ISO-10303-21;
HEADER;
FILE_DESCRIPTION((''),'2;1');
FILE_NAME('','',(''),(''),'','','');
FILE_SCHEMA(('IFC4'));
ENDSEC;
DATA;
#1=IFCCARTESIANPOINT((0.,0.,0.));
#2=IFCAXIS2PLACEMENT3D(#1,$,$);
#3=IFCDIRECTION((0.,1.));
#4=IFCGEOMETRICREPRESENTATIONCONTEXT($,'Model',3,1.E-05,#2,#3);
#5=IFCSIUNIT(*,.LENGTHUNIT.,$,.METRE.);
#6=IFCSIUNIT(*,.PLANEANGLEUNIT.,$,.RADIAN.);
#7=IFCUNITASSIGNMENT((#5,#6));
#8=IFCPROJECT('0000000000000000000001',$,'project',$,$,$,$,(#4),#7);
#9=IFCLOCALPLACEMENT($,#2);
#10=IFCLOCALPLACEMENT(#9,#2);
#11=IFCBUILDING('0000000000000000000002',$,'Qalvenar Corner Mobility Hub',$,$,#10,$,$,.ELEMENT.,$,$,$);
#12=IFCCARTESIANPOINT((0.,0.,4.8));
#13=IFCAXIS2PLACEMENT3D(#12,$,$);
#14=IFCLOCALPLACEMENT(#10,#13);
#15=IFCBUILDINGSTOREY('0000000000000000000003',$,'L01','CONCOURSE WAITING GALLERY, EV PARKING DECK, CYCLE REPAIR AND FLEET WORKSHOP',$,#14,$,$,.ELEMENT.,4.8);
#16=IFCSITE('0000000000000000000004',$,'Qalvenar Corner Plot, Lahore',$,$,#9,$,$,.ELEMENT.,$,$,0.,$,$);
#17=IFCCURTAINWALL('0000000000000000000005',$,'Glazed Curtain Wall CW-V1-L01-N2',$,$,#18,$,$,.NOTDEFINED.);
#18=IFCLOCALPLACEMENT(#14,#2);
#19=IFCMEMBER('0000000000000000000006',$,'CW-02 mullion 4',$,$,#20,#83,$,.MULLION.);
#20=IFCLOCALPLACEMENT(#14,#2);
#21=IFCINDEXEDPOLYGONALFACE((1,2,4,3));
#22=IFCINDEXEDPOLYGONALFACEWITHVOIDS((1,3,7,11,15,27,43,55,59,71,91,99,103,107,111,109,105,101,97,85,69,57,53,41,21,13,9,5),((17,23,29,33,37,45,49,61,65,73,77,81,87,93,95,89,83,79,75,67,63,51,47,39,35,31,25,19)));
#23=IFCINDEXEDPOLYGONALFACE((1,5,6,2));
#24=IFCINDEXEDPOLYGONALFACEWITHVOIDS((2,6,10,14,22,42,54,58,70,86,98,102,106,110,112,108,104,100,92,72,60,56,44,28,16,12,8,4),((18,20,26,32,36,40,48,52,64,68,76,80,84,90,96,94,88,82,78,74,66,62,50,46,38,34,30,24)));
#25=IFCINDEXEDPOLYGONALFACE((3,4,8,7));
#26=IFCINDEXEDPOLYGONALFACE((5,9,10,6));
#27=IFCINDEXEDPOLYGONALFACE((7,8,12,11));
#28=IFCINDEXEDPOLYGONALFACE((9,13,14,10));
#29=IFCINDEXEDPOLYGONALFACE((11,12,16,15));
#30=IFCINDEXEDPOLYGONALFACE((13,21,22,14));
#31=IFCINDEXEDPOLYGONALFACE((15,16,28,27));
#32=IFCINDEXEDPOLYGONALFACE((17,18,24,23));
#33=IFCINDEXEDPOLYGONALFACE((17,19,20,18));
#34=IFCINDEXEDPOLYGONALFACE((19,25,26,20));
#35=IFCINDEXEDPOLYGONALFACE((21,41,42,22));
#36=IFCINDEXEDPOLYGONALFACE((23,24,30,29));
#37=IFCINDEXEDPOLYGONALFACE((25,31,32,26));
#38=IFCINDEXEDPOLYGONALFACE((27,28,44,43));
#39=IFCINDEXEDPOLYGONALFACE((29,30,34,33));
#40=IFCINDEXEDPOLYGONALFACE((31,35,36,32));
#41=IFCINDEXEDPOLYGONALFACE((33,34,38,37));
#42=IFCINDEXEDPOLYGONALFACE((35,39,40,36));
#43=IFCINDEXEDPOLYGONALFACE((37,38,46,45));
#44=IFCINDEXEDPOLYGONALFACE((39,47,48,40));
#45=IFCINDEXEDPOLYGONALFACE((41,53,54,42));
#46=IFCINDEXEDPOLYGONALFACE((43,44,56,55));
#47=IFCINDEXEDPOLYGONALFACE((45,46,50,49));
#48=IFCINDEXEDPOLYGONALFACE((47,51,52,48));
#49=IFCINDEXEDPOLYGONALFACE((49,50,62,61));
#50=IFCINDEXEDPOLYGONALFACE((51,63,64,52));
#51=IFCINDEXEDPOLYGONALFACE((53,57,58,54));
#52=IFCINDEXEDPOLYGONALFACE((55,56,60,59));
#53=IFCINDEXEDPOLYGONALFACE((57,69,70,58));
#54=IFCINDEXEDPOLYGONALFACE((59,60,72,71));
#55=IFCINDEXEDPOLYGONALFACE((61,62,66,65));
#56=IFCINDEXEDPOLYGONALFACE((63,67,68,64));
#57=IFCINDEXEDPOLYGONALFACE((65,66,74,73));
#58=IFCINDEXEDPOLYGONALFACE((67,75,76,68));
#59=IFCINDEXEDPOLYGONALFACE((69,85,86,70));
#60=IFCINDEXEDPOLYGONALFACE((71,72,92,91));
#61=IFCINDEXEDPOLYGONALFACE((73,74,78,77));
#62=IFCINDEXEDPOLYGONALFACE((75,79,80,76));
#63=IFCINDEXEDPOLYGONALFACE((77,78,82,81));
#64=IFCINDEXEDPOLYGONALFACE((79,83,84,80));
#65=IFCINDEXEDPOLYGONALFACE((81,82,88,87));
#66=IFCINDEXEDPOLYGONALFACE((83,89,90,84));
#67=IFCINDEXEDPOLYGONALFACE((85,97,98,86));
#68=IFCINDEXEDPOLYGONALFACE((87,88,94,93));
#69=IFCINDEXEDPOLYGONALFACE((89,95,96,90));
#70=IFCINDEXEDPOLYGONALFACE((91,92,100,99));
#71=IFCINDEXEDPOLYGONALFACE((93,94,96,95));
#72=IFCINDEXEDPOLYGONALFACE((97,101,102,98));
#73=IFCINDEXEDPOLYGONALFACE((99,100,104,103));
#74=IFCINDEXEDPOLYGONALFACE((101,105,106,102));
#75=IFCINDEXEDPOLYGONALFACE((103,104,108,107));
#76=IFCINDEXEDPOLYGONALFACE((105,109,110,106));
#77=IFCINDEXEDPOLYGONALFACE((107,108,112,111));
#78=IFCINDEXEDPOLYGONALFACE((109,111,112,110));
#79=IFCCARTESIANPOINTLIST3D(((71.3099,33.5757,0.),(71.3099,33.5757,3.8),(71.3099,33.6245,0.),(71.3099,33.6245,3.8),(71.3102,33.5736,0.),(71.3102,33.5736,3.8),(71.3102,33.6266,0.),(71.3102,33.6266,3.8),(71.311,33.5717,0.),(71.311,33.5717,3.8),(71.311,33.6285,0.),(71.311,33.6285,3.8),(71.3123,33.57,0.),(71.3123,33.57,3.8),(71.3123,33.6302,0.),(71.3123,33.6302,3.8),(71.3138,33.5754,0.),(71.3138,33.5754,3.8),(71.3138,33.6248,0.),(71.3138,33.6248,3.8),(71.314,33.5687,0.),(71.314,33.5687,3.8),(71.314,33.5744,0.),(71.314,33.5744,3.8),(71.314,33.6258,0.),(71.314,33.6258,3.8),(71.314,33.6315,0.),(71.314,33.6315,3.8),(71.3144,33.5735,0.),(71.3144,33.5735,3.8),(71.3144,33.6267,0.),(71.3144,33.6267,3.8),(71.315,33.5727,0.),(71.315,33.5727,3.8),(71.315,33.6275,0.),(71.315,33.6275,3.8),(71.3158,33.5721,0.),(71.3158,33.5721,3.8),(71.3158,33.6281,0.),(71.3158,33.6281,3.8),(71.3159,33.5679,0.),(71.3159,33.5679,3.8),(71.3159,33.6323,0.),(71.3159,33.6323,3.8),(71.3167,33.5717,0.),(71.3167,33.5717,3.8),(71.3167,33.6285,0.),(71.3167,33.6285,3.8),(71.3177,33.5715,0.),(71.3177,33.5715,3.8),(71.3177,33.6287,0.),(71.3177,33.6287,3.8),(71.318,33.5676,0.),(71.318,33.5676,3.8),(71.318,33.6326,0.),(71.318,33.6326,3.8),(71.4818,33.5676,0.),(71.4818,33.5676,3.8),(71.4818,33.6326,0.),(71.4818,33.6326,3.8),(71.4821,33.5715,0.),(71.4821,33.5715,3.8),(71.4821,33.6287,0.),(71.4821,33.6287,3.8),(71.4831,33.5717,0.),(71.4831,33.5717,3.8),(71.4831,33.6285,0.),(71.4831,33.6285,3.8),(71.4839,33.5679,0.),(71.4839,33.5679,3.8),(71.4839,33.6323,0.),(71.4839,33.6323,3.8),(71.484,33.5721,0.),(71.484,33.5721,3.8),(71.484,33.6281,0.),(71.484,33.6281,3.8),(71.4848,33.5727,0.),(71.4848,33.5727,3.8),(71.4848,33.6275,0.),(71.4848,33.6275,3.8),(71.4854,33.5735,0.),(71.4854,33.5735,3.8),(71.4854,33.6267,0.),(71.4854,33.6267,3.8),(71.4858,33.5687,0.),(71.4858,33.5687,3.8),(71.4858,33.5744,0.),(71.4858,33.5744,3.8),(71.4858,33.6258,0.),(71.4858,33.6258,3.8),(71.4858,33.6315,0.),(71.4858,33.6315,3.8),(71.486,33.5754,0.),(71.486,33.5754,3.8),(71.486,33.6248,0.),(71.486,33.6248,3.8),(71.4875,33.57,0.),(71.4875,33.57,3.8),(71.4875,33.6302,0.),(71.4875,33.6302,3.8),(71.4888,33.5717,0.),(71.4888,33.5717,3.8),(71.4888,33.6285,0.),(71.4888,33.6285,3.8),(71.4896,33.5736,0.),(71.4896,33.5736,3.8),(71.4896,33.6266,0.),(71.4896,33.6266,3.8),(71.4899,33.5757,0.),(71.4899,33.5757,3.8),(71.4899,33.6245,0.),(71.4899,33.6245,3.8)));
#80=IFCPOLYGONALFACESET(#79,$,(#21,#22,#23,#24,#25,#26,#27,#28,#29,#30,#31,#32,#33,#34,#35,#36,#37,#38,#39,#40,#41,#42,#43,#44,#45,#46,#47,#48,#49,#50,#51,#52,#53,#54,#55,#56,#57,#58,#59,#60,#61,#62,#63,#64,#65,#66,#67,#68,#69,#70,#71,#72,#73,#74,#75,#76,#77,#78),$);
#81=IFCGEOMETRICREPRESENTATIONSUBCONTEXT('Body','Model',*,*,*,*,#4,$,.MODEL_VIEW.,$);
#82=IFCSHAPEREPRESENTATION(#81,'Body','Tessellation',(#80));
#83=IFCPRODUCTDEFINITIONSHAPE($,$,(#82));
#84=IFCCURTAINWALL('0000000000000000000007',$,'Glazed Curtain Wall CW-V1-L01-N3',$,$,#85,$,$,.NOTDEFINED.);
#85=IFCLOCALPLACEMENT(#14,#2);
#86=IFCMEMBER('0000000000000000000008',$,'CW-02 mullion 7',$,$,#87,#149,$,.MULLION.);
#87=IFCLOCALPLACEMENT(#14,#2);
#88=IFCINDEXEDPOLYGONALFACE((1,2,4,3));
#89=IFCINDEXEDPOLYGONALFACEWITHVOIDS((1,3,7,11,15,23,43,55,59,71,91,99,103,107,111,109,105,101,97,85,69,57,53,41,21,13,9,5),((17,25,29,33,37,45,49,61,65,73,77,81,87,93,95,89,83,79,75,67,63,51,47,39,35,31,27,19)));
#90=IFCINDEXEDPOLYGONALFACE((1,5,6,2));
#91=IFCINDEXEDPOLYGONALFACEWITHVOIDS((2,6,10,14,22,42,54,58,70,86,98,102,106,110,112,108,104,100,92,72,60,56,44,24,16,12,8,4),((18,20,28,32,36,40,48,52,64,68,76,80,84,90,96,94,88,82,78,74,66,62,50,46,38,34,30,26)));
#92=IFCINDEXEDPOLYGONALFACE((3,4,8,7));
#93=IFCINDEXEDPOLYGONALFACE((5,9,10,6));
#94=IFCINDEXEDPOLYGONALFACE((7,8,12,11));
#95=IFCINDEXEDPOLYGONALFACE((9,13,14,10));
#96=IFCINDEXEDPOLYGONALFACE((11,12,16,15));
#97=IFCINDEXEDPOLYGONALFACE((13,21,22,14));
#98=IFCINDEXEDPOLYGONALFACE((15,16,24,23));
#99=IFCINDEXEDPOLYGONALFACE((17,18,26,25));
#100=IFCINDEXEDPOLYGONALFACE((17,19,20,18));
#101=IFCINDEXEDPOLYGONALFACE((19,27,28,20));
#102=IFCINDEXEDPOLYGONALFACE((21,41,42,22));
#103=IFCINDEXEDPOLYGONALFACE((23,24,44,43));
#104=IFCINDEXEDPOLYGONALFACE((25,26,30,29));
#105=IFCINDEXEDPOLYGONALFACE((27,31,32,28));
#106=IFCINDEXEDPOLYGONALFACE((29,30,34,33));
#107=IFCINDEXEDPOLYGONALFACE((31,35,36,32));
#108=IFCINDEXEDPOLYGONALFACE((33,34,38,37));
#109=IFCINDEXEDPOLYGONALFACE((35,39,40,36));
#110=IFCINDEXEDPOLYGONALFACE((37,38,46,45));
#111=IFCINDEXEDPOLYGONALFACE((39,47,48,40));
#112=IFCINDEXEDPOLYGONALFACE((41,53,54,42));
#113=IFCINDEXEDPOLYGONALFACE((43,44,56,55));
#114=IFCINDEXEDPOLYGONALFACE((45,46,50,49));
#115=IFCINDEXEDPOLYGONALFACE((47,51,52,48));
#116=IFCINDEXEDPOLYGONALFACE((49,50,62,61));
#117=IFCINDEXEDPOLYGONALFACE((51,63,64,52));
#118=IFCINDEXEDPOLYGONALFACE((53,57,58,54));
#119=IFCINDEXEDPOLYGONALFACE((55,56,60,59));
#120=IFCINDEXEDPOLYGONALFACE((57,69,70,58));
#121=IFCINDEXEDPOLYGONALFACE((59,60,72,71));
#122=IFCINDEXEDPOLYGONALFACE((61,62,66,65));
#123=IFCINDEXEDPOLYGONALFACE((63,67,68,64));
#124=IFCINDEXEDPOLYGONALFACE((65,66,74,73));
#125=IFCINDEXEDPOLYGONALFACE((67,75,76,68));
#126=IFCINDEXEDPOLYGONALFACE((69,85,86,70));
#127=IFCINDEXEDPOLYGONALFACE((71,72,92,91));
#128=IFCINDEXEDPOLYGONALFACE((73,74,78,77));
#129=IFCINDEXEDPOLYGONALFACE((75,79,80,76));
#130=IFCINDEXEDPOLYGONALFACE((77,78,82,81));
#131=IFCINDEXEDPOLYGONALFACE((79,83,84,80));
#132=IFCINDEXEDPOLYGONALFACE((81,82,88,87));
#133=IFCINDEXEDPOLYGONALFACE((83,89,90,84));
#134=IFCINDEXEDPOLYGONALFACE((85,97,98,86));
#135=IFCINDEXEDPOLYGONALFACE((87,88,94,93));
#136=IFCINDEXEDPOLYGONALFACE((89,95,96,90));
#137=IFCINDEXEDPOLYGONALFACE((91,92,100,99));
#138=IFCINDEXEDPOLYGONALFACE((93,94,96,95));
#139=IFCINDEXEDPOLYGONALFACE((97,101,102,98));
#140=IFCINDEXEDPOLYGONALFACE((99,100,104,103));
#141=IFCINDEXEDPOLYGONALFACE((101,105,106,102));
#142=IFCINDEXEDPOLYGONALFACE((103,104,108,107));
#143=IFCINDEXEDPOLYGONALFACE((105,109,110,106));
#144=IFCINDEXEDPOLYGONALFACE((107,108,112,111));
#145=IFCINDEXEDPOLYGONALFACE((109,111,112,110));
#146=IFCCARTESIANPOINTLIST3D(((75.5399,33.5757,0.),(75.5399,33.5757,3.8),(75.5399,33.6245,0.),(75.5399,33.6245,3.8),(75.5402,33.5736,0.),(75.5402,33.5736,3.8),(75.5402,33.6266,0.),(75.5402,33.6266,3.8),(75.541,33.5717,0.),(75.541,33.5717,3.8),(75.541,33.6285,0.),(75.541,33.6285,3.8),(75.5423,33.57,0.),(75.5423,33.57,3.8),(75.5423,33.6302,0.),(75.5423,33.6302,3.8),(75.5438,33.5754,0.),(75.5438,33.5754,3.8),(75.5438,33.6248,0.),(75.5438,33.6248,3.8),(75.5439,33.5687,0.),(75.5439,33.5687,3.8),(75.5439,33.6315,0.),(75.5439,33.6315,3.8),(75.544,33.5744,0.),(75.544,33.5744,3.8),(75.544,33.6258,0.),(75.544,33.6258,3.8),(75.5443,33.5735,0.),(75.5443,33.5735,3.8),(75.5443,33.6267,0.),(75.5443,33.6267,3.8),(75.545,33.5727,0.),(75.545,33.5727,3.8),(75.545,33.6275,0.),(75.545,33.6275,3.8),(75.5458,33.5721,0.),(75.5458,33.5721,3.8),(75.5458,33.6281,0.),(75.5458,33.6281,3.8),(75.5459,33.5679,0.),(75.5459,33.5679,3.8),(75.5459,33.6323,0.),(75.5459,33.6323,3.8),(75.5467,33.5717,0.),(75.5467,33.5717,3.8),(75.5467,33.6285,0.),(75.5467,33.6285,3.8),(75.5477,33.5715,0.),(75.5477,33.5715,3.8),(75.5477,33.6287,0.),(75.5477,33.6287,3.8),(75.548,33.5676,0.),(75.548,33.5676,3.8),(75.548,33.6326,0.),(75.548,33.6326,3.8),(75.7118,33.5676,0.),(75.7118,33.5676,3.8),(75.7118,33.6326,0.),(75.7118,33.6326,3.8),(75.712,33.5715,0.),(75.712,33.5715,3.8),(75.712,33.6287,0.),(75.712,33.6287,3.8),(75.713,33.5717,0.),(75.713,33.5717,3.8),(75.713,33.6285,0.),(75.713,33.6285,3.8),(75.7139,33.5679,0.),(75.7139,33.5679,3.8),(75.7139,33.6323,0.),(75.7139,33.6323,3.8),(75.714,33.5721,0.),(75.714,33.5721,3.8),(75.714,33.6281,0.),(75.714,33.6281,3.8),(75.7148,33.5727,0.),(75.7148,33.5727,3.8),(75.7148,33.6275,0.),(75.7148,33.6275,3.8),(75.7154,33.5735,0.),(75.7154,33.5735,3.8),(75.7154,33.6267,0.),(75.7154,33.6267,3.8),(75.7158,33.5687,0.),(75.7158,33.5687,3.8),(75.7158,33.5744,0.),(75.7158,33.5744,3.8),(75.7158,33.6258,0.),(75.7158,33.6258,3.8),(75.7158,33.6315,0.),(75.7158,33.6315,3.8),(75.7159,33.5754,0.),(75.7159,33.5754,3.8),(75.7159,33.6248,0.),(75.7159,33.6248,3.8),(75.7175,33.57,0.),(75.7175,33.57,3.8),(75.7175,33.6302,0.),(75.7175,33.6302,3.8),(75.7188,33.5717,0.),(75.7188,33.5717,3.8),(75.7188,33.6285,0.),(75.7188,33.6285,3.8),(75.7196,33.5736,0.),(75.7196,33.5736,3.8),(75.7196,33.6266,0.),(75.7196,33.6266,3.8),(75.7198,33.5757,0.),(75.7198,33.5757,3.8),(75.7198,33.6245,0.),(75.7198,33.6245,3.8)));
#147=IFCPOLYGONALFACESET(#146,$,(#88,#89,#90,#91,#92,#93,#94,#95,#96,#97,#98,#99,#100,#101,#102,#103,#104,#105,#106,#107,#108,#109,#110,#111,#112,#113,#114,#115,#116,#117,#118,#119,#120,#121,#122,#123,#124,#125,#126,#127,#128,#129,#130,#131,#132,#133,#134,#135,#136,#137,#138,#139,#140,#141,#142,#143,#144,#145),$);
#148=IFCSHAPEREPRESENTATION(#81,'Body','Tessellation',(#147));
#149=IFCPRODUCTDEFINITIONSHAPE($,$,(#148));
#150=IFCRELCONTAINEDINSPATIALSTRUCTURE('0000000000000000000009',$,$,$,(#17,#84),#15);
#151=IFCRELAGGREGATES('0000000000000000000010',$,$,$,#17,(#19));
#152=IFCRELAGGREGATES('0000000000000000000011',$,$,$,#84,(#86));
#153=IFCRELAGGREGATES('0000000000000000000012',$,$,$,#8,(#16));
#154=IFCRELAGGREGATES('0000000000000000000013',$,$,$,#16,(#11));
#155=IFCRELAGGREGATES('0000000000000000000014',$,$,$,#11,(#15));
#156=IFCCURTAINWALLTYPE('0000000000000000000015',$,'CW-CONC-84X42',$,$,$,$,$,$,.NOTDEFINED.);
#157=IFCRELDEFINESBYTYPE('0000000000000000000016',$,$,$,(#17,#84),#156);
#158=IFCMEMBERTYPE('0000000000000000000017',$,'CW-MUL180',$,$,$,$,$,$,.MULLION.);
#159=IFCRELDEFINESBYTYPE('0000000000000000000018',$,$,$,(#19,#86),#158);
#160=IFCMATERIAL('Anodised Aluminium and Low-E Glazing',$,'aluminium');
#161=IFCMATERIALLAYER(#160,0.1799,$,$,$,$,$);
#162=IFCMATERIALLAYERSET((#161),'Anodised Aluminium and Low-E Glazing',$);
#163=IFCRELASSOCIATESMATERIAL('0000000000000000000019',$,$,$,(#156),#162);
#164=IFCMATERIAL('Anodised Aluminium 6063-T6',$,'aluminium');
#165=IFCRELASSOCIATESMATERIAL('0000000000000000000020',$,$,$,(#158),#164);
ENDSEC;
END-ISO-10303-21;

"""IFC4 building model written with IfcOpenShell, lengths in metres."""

from ifc_helpers import new_model, si_unit, direction, frame, origin, origin_2d, place, context, subcontext, project, spatial, hollow_rectangle, extrude, material, layer, layer_set, material_profile, profile_set, type_object, element, aggregate, save


model = new_model("IFC4")

# Units and contexts
model_context = context("Model", 3, precision=1e-05, world=origin(), true_north=direction((0.0, 1.0)))
body_context = subcontext(model_context, "Body", "Model", "MODEL_VIEW")
ifc_project = project(units=[si_unit("LENGTHUNIT", "METRE"), si_unit("PLANEANGLEUNIT", "RADIAN")], contexts=[model_context])

# Site, building, storey
site_placement = place(None, origin())
site = spatial("IfcSite", under=ifc_project, at=site_placement, Name="Qalvenar Corner Plot, Lahore", CompositionType="ELEMENT", RefElevation=0.0)
building_placement = place(site_placement, origin())
building = spatial("IfcBuilding", under=site, at=building_placement, Name="Qalvenar Corner Mobility Hub", CompositionType="ELEMENT")
storey_placement = place(building_placement, frame((0.0, 0.0, 4.8)))
storey = spatial("IfcBuildingStorey", under=building, at=storey_placement, Name="L01", Description="CONCOURSE WAITING GALLERY, EV PARKING DECK, CYCLE REPAIR AND FLEET WORKSHOP", CompositionType="ELEMENT", Elevation=4.8)

# Curtain wall, member
ifc_material_1 = material(Name="Anodised Aluminium and Low-E Glazing", Category="aluminium")
ifc_layer_1 = layer(ifc_material_1, 0.1799)
ifc_layer_set_1 = layer_set([ifc_layer_1], Name="Anodised Aluminium and Low-E Glazing")
curtain_wall_type = type_object("IfcCurtainWallType", Name="CW-CONC-84X42", PredefinedType="NOTDEFINED", material=ifc_layer_set_1)
curtain_wall_1_placement = place(storey_placement, origin())
curtain_wall_1 = element("IfcCurtainWall", 1, at=curtain_wall_1_placement, inside=storey, type_object=curtain_wall_type, Name="Glazed Curtain Wall CW-V1-L01-N2", PredefinedType="NOTDEFINED")
ifc_material_2 = material(Name="Anodised Aluminium 6063-T6", Category="aluminium")
ifc_material_profile_1 = material_profile(ifc_material_2, hollow_rectangle(XDim=0.0649, YDim=0.1799, WallThickness=0.0039, InnerFilletRadius=0.0039, OuterFilletRadius=0.0081, at=origin_2d()), Name="RHS180x65x4")
ifc_profile_set_1 = profile_set([ifc_material_profile_1], Name="Anodised Aluminium 6063-T6")
member_type_1 = type_object("IfcMemberType", Name="CW-MUL180", PredefinedType="MULLION", material=ifc_profile_set_1)
member_1_placement = place(storey_placement, frame((71.3999, 33.6001, 0.0), z_axis=(0.0, 0.0, 1.0), x_axis=(0.0, -1.0, 0.0)))
member_1 = element("IfcMember", 2, at=member_1_placement, type_object=member_type_1, Name="CW-02 mullion 4", PredefinedType="MULLION", context=body_context, shape_type="SweptSolid", body=[
    extrude(hollow_rectangle(XDim=0.0649, YDim=0.1799, WallThickness=0.0039, InnerFilletRadius=0.0039, OuterFilletRadius=0.0081, at=origin_2d()), origin(), (0.0, 0.0, 1.0), 3.8),
])

# Curtain wall, member
curtain_wall_2_placement = place(storey_placement, origin())
curtain_wall_2 = element("IfcCurtainWall", 3, at=curtain_wall_2_placement, inside=storey, type_object=curtain_wall_type, Name="Glazed Curtain Wall CW-V1-L01-N3", PredefinedType="NOTDEFINED")
member_2_placement = place(storey_placement, frame((75.6299, 33.6001, 0.0), z_axis=(0.0, 0.0, 1.0), x_axis=(0.0, -1.0, 0.0)))
member_2 = element("IfcMember", 4, at=member_2_placement, type_object=member_type_1, Name="CW-02 mullion 7", PredefinedType="MULLION", context=body_context, shape_type="SweptSolid", body=[
    extrude(hollow_rectangle(XDim=0.0649, YDim=0.1799, WallThickness=0.0039, InnerFilletRadius=0.0039, OuterFilletRadius=0.0081, at=origin_2d()), origin(), (0.0, 0.0, 1.0), 3.8),
])

aggregate(curtain_wall_1, [member_1])
aggregate(curtain_wall_2, [member_2])

save(model, "model.ifc")
